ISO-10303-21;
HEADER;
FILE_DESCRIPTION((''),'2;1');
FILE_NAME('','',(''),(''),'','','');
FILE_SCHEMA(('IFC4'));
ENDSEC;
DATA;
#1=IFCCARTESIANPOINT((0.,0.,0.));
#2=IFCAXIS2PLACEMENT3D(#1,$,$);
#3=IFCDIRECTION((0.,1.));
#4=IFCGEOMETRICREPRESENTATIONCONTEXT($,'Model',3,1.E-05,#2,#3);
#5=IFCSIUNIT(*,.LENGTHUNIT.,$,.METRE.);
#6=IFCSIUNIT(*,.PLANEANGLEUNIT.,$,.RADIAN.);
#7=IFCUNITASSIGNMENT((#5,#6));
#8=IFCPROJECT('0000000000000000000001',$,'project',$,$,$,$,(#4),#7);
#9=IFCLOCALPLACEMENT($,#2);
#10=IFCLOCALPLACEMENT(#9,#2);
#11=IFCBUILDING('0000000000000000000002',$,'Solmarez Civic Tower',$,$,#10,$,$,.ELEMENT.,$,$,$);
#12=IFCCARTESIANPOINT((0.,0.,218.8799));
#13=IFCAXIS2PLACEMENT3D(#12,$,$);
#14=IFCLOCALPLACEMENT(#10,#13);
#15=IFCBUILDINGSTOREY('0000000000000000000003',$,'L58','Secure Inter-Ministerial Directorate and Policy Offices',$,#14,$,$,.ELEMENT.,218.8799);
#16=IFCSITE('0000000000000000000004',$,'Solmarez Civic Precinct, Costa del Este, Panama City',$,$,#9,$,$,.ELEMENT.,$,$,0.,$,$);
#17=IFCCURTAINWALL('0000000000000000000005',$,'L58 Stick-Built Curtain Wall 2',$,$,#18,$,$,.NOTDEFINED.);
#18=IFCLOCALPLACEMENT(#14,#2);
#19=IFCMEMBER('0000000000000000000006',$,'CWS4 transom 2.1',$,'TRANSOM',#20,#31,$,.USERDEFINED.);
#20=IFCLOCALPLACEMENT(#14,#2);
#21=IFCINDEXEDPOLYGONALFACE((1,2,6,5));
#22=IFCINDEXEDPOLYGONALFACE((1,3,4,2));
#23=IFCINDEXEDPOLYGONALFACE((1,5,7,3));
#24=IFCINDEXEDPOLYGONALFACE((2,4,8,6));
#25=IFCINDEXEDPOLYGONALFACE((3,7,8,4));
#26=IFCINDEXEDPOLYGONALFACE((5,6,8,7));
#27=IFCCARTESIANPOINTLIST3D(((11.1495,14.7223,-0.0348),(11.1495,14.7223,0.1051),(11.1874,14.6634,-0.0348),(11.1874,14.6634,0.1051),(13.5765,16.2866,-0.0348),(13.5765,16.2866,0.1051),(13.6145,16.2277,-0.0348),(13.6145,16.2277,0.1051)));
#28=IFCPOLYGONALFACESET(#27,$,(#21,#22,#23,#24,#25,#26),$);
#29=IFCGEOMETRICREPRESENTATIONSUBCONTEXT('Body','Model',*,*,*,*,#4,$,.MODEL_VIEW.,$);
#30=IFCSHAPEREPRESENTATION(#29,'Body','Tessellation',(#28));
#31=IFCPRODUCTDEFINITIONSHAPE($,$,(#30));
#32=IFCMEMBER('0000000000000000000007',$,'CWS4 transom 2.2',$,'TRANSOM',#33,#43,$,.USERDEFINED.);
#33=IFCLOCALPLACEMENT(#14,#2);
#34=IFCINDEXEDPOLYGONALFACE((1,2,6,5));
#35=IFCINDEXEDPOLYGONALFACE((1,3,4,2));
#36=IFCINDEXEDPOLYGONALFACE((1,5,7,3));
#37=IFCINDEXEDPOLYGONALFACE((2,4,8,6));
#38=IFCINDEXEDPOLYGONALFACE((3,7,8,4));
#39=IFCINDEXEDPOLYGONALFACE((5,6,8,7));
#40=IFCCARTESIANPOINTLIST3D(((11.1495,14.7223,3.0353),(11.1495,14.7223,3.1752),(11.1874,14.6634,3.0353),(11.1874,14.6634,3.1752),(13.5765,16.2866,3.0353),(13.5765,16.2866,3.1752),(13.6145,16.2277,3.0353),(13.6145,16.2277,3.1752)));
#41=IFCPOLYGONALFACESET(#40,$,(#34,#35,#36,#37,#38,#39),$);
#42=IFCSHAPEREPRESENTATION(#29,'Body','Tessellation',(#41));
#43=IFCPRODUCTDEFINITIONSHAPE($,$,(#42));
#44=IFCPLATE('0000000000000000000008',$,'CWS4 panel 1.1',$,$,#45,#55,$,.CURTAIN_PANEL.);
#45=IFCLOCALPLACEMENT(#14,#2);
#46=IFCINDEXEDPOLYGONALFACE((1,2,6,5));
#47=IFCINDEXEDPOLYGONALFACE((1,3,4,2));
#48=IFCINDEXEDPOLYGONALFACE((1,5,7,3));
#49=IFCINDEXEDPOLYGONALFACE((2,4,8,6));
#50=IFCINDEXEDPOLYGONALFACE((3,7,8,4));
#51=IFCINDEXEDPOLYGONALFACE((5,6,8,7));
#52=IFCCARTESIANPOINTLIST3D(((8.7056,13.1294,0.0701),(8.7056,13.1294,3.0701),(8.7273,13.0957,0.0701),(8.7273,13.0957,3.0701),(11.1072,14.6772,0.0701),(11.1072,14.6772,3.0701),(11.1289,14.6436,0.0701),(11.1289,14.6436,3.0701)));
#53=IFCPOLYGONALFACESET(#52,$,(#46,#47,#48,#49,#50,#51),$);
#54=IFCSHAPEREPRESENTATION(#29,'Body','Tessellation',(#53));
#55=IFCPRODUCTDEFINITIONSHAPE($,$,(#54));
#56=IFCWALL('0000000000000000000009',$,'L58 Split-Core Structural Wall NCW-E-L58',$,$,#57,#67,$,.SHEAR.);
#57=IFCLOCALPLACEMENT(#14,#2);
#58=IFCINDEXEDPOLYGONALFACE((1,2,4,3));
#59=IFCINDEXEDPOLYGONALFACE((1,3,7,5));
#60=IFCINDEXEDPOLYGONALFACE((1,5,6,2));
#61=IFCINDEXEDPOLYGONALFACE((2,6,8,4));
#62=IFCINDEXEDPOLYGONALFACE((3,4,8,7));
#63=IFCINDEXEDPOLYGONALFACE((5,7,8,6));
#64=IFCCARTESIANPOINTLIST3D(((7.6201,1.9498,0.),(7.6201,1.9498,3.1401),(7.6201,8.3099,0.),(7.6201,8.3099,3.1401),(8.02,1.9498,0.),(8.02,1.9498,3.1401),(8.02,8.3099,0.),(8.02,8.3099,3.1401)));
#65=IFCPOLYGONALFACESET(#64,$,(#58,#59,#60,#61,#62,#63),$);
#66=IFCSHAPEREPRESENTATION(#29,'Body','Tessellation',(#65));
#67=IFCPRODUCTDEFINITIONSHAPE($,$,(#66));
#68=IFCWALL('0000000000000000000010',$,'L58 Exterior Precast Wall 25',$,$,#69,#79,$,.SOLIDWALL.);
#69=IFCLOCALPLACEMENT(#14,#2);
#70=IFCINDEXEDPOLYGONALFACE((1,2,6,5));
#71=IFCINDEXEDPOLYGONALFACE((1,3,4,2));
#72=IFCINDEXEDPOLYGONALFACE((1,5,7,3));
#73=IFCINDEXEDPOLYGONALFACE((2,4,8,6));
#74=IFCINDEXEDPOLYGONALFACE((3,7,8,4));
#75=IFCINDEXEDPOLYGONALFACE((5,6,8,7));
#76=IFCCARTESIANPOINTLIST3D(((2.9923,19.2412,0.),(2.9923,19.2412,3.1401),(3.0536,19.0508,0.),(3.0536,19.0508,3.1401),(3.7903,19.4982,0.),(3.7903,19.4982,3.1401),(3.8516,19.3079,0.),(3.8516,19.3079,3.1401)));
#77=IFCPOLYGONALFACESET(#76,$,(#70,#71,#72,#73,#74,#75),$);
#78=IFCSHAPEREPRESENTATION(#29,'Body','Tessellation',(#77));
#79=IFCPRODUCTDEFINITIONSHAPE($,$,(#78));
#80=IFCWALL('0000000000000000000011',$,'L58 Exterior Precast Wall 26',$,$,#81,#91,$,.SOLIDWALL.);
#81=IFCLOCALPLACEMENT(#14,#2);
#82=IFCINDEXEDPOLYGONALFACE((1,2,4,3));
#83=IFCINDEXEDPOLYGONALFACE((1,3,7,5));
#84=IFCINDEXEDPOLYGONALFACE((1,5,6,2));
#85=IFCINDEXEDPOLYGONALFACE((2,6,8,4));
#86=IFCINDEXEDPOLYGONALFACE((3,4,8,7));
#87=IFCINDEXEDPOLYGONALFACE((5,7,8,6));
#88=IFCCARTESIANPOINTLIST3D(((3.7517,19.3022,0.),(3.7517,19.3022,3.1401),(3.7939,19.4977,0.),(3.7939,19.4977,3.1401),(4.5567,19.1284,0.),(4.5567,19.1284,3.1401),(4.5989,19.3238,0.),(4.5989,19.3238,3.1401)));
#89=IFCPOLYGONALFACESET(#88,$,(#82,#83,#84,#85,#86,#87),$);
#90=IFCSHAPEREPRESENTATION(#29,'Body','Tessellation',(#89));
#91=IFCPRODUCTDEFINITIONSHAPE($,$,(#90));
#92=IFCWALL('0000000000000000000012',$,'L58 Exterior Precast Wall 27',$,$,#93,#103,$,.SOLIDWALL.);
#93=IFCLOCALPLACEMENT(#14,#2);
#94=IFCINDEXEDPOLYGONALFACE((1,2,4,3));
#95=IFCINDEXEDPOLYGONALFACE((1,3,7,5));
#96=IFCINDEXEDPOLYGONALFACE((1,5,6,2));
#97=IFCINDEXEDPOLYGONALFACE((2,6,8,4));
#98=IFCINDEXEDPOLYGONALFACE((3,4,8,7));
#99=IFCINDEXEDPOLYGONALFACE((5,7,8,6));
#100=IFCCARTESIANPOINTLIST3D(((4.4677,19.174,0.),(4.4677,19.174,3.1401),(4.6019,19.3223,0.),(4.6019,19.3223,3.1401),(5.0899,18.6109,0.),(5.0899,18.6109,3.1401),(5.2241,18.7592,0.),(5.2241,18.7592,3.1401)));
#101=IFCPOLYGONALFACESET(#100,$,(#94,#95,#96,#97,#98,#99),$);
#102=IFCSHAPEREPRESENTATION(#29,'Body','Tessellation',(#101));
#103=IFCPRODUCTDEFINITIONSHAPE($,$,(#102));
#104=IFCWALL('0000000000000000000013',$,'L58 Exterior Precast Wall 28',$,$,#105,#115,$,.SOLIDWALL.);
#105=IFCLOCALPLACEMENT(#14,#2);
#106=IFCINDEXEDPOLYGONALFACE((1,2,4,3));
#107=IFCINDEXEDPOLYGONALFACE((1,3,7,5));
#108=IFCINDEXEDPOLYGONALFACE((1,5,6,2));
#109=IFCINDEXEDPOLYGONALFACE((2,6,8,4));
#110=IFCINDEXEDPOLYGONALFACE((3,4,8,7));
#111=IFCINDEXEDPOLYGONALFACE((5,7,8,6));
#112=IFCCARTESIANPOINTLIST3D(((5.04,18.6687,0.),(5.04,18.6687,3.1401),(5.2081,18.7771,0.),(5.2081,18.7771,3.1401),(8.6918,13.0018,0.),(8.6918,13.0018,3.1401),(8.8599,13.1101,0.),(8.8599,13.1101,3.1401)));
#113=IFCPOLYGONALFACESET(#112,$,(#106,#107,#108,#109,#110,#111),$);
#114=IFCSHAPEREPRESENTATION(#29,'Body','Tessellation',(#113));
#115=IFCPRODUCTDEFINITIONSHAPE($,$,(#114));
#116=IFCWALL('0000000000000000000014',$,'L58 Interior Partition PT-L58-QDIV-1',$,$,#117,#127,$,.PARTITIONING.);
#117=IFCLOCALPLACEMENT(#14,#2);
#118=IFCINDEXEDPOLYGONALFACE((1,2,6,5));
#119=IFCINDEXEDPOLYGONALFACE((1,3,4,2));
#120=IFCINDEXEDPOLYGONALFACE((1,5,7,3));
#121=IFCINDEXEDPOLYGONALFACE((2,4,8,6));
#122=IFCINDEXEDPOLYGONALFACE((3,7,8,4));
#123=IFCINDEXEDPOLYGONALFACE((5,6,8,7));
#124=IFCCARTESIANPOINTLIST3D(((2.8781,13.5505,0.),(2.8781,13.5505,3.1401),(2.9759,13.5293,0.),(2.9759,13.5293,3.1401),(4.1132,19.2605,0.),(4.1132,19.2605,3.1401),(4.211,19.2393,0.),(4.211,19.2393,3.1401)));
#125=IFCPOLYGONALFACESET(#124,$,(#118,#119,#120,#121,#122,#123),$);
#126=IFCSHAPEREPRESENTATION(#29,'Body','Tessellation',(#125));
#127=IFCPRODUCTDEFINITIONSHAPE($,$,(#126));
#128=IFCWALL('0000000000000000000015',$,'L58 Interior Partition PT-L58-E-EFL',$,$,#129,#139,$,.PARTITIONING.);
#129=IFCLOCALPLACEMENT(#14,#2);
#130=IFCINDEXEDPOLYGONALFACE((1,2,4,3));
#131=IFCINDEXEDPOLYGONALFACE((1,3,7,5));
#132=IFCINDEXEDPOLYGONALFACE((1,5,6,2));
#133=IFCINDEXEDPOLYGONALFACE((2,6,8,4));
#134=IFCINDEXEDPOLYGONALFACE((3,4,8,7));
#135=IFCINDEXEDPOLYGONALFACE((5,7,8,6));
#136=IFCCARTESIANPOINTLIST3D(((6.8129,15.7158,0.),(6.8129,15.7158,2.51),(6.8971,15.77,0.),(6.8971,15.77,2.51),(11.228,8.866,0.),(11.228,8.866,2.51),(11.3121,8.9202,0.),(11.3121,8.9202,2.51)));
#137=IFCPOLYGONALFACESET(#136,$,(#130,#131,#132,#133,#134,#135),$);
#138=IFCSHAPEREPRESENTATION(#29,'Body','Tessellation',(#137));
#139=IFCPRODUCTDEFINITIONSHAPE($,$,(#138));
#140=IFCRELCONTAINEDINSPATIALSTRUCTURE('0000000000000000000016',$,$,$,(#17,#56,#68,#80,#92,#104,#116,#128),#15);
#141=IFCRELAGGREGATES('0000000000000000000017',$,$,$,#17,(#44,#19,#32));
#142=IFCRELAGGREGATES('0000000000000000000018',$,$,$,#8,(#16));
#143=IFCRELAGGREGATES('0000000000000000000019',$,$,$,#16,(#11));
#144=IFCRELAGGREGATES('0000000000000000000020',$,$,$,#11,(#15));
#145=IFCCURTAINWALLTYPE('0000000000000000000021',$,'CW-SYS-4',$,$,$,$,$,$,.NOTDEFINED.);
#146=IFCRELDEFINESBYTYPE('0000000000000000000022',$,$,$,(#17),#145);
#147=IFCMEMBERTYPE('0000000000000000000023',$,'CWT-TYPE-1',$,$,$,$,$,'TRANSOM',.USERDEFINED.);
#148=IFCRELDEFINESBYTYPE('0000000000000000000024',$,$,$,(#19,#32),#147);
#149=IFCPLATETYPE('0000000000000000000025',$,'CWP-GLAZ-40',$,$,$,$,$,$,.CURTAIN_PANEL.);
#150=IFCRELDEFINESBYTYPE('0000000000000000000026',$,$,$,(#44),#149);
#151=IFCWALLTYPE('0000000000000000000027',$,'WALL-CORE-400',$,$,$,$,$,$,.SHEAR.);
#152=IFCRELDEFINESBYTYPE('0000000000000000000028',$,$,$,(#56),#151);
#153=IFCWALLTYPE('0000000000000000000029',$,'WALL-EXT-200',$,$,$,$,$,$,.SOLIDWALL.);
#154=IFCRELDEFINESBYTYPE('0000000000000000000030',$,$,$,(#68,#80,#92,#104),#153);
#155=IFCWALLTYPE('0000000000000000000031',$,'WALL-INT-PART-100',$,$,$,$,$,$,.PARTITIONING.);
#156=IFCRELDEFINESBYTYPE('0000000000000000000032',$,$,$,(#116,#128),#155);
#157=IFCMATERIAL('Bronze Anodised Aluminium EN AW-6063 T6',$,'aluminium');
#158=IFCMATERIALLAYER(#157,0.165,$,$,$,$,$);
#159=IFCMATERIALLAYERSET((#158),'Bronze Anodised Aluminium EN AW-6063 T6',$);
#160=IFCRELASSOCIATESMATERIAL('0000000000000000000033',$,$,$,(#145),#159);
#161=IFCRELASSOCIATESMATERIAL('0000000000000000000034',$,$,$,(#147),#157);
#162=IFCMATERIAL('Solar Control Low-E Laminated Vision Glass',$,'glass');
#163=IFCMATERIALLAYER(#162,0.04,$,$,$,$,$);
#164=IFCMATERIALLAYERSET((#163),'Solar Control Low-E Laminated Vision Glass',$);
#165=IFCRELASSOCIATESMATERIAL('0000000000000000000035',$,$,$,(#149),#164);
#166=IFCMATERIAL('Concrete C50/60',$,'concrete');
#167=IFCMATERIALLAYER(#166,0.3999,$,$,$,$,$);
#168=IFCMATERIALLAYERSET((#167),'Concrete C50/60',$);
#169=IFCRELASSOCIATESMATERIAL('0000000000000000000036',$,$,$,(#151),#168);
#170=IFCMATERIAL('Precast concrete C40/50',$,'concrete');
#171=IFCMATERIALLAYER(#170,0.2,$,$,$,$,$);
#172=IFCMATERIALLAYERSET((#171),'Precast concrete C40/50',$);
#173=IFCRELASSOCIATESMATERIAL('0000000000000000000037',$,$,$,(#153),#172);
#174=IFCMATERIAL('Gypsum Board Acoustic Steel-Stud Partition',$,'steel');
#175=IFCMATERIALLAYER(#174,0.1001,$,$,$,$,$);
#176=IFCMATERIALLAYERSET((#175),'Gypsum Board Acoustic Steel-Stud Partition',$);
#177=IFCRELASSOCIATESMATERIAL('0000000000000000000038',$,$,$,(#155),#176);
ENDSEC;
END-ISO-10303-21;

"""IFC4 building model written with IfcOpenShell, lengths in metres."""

from ifc_helpers import new_model, si_unit, direction, frame, frame_2d, origin, origin_2d, place, context, subcontext, project, spatial, rectangle, extrude, material, layer, layer_set, material_profile, profile_set, type_object, element, aggregate, save


model = new_model("IFC4")

# Units and contexts
model_context = context("Model", 3, precision=1e-05, world=origin(), true_north=direction((0.0, 1.0)))
body_context = subcontext(model_context, "Body", "Model", "MODEL_VIEW")
ifc_project = project(units=[si_unit("LENGTHUNIT", "METRE"), si_unit("PLANEANGLEUNIT", "RADIAN")], contexts=[model_context])

# Site, building, storey
site_placement = place(None, origin())
site = spatial("IfcSite", under=ifc_project, at=site_placement, Name="Solmarez Civic Precinct, Costa del Este, Panama City", CompositionType="ELEMENT", RefElevation=0.0)
building_placement = place(site_placement, origin())
building = spatial("IfcBuilding", under=site, at=building_placement, Name="Solmarez Civic Tower", CompositionType="ELEMENT")
storey_placement = place(building_placement, frame((0.0, 0.0, 218.8799)))
storey = spatial("IfcBuildingStorey", under=building, at=storey_placement, Name="L58", Description="Secure Inter-Ministerial Directorate and Policy Offices", CompositionType="ELEMENT", Elevation=218.8799)

# Shared definitions
ifc_material_1 = material(Name="Concrete C50/60", Category="concrete")

# Curtain wall, members, plate
ifc_material_2 = material(Name="Bronze Anodised Aluminium EN AW-6063 T6", Category="aluminium")
ifc_layer_1 = layer(ifc_material_2, 0.165)
ifc_layer_set_1 = layer_set([ifc_layer_1], Name="Bronze Anodised Aluminium EN AW-6063 T6")
curtain_wall_type = type_object("IfcCurtainWallType", Name="CW-SYS-4", PredefinedType="NOTDEFINED", material=ifc_layer_set_1)
curtain_wall_placement = place(storey_placement, origin())
curtain_wall = element("IfcCurtainWall", 1, at=curtain_wall_placement, inside=storey, type_object=curtain_wall_type, Name="L58 Stick-Built Curtain Wall 2", PredefinedType="NOTDEFINED")
ifc_material_profile_1 = material_profile(ifc_material_2, rectangle(XDim=0.0701, YDim=0.1399, at=origin_2d()), Name="CWT-70X140")
ifc_profile_set_1 = profile_set([ifc_material_profile_1], Name="Bronze Anodised Aluminium EN AW-6063 T6")
member_type_1 = type_object("IfcMemberType", Name="CWT-TYPE-1", ElementType="TRANSOM", PredefinedType="USERDEFINED", material=ifc_profile_set_1)
member_1_placement = place(storey_placement, frame((11.1685, 14.6929, 0.0352), z_axis=(0.840549, 0.541736, 0.0), x_axis=(-0.541736, 0.840549, 0.0)))
member_1 = element("IfcMember", 2, at=member_1_placement, type_object=member_type_1, Name="CWS4 transom 2.1", ObjectType="TRANSOM", PredefinedType="USERDEFINED", context=body_context, shape_type="SweptSolid", body=[
    extrude(rectangle(XDim=0.0701, YDim=0.1399, at=origin_2d()), origin(), (0.0, 0.0, 1.0), 2.8875),
])
member_2_placement = place(storey_placement, frame((11.1685, 14.6929, 3.1052), z_axis=(0.840549, 0.541736, 0.0), x_axis=(-0.541736, 0.840549, 0.0)))
member_2 = element("IfcMember", 3, at=member_2_placement, type_object=member_type_1, Name="CWS4 transom 2.2", ObjectType="TRANSOM", PredefinedType="USERDEFINED", context=body_context, shape_type="SweptSolid", body=[
    extrude(rectangle(XDim=0.0701, YDim=0.1399, at=origin_2d()), origin(), (0.0, 0.0, 1.0), 2.8875),
])
ifc_material_3 = material(Name="Solar Control Low-E Laminated Vision Glass", Category="glass")
ifc_layer_2 = layer(ifc_material_3, 0.04)
ifc_layer_set_2 = layer_set([ifc_layer_2], Name="Solar Control Low-E Laminated Vision Glass")
plate_type = type_object("IfcPlateType", Name="CWP-GLAZ-40", PredefinedType="CURTAIN_PANEL", material=ifc_layer_set_2)
plate_placement = place(storey_placement, frame((9.9172, 13.8865, 0.0701), z_axis=(0.0, 0.0, 1.0), x_axis=(0.840546, 0.54174, 0.0)))
plate = element("IfcPlate", 4, at=plate_placement, type_object=plate_type, Name="CWS4 panel 1.1", PredefinedType="CURTAIN_PANEL", context=body_context, shape_type="SweptSolid", body=[
    extrude(rectangle(XDim=2.8572, YDim=0.04, at=origin_2d()), origin(), (0.0, 0.0, 1.0), 3.0),
])
aggregate(curtain_wall, [plate, member_1, member_2])

# Walls
ifc_layer_3 = layer(ifc_material_1, 0.3999)
ifc_layer_set_3 = layer_set([ifc_layer_3], Name="Concrete C50/60")
wall_type_1 = type_object("IfcWallType", Name="WALL-CORE-400", PredefinedType="SHEAR", material=ifc_layer_set_3)
wall_1_placement = place(storey_placement, frame((7.8201, 8.3101, 0.0), z_axis=(0.0, 0.0, 1.0), x_axis=(0.0, -1.0, 0.0)))
element("IfcWall", 5, at=wall_1_placement, inside=storey, type_object=wall_type_1, Name="L58 Split-Core Structural Wall NCW-E-L58", PredefinedType="SHEAR", context=body_context, shape_type="SweptSolid", body=[
    extrude(rectangle(XDim=6.3601, YDim=0.3999, at=frame_2d((3.1802, 0.0))), origin(), (0.0, 0.0, 1.0), 3.1401),
])
ifc_material_4 = material(Name="Precast concrete C40/50", Category="concrete")
ifc_layer_4 = layer(ifc_material_4, 0.2)
ifc_layer_set_4 = layer_set([ifc_layer_4], Name="Precast concrete C40/50")
wall_type_2 = type_object("IfcWallType", Name="WALL-EXT-200", PredefinedType="SOLIDWALL", material=ifc_layer_set_4)
wall_2_placement = place(storey_placement, frame((3.0229, 19.146, 0.0), z_axis=(0.0, 0.0, 1.0), x_axis=(0.951838, 0.306603, 0.0)))
element("IfcWall", 6, at=wall_2_placement, inside=storey, type_object=wall_type_2, Name="L58 Exterior Precast Wall 25", PredefinedType="SOLIDWALL", context=body_context, shape_type="SweptSolid", body=[
    extrude(rectangle(XDim=0.8384, YDim=0.2, at=frame_2d((0.4192, 0.0))), origin(), (0.0, 0.0, 1.0), 3.1401),
])
wall_3_placement = place(storey_placement, frame((3.7729, 19.3999, 0.0), z_axis=(0.0, 0.0, 1.0), x_axis=(0.977467, -0.211088, 0.0)))
element("IfcWall", 7, at=wall_3_placement, inside=storey, type_object=wall_type_2, Name="L58 Exterior Precast Wall 26", PredefinedType="SOLIDWALL", context=body_context, shape_type="SweptSolid", body=[
    extrude(rectangle(XDim=0.8235, YDim=0.2, at=frame_2d((0.4116, 0.0))), origin(), (0.0, 0.0, 1.0), 3.1401),
])
wall_4_placement = place(storey_placement, frame((4.5349, 19.248, 0.0), z_axis=(0.0, 0.0, 1.0), x_axis=(0.741439, -0.67102, 0.0)))
element("IfcWall", 8, at=wall_4_placement, inside=storey, type_object=wall_type_2, Name="L58 Exterior Precast Wall 27", PredefinedType="SOLIDWALL", context=body_context, shape_type="SweptSolid", body=[
    extrude(rectangle(XDim=0.8391, YDim=0.2, at=frame_2d((0.4194, 0.0))), origin(), (0.0, 0.0, 1.0), 3.1401),
])
wall_5_placement = place(storey_placement, frame((5.124, 18.7229, 0.0), z_axis=(0.0, 0.0, 1.0), x_axis=(0.54168, -0.840585, 0.0)))
element("IfcWall", 9, at=wall_5_placement, inside=storey, type_object=wall_type_2, Name="L58 Exterior Precast Wall 28", PredefinedType="SOLIDWALL", context=body_context, shape_type="SweptSolid", body=[
    extrude(rectangle(XDim=6.7417, YDim=0.2, at=frame_2d((3.3708, 0.0))), origin(), (0.0, 0.0, 1.0), 3.1401),
])
ifc_material_5 = material(Name="Gypsum Board Acoustic Steel-Stud Partition", Category="steel")
ifc_layer_5 = layer(ifc_material_5, 0.1001)
ifc_layer_set_5 = layer_set([ifc_layer_5], Name="Gypsum Board Acoustic Steel-Stud Partition")
wall_type_3 = type_object("IfcWallType", Name="WALL-INT-PART-100", PredefinedType="PARTITIONING", material=ifc_layer_set_5)
wall_6_placement = place(storey_placement, frame((2.927, 13.54, 0.0), z_axis=(0.0, 0.0, 1.0), x_axis=(0.211418, 0.977396, 0.0)))
element("IfcWall", 10, at=wall_6_placement, inside=storey, type_object=wall_type_3, Name="L58 Interior Partition PT-L58-QDIV-1", PredefinedType="PARTITIONING", context=body_context, shape_type="SweptSolid", body=[
    extrude(rectangle(XDim=5.842, YDim=0.1001, at=frame_2d((2.9209, 0.0))), origin(), (0.0, 0.0, 1.0), 3.1401),
])
wall_7_placement = place(storey_placement, frame((11.27, 8.8931, 0.0), z_axis=(0.0, 0.0, 1.0), x_axis=(-0.541761, 0.840533, 0.0)))
element("IfcWall", 11, at=wall_7_placement, inside=storey, type_object=wall_type_3, Name="L58 Interior Partition PT-L58-E-EFL", PredefinedType="PARTITIONING", context=body_context, shape_type="SweptSolid", body=[
    extrude(rectangle(XDim=8.1494, YDim=0.1001, at=frame_2d((4.0747, 0.0))), origin(), (0.0, 0.0, 1.0), 2.51),
])

save(model, "model.ifc")
